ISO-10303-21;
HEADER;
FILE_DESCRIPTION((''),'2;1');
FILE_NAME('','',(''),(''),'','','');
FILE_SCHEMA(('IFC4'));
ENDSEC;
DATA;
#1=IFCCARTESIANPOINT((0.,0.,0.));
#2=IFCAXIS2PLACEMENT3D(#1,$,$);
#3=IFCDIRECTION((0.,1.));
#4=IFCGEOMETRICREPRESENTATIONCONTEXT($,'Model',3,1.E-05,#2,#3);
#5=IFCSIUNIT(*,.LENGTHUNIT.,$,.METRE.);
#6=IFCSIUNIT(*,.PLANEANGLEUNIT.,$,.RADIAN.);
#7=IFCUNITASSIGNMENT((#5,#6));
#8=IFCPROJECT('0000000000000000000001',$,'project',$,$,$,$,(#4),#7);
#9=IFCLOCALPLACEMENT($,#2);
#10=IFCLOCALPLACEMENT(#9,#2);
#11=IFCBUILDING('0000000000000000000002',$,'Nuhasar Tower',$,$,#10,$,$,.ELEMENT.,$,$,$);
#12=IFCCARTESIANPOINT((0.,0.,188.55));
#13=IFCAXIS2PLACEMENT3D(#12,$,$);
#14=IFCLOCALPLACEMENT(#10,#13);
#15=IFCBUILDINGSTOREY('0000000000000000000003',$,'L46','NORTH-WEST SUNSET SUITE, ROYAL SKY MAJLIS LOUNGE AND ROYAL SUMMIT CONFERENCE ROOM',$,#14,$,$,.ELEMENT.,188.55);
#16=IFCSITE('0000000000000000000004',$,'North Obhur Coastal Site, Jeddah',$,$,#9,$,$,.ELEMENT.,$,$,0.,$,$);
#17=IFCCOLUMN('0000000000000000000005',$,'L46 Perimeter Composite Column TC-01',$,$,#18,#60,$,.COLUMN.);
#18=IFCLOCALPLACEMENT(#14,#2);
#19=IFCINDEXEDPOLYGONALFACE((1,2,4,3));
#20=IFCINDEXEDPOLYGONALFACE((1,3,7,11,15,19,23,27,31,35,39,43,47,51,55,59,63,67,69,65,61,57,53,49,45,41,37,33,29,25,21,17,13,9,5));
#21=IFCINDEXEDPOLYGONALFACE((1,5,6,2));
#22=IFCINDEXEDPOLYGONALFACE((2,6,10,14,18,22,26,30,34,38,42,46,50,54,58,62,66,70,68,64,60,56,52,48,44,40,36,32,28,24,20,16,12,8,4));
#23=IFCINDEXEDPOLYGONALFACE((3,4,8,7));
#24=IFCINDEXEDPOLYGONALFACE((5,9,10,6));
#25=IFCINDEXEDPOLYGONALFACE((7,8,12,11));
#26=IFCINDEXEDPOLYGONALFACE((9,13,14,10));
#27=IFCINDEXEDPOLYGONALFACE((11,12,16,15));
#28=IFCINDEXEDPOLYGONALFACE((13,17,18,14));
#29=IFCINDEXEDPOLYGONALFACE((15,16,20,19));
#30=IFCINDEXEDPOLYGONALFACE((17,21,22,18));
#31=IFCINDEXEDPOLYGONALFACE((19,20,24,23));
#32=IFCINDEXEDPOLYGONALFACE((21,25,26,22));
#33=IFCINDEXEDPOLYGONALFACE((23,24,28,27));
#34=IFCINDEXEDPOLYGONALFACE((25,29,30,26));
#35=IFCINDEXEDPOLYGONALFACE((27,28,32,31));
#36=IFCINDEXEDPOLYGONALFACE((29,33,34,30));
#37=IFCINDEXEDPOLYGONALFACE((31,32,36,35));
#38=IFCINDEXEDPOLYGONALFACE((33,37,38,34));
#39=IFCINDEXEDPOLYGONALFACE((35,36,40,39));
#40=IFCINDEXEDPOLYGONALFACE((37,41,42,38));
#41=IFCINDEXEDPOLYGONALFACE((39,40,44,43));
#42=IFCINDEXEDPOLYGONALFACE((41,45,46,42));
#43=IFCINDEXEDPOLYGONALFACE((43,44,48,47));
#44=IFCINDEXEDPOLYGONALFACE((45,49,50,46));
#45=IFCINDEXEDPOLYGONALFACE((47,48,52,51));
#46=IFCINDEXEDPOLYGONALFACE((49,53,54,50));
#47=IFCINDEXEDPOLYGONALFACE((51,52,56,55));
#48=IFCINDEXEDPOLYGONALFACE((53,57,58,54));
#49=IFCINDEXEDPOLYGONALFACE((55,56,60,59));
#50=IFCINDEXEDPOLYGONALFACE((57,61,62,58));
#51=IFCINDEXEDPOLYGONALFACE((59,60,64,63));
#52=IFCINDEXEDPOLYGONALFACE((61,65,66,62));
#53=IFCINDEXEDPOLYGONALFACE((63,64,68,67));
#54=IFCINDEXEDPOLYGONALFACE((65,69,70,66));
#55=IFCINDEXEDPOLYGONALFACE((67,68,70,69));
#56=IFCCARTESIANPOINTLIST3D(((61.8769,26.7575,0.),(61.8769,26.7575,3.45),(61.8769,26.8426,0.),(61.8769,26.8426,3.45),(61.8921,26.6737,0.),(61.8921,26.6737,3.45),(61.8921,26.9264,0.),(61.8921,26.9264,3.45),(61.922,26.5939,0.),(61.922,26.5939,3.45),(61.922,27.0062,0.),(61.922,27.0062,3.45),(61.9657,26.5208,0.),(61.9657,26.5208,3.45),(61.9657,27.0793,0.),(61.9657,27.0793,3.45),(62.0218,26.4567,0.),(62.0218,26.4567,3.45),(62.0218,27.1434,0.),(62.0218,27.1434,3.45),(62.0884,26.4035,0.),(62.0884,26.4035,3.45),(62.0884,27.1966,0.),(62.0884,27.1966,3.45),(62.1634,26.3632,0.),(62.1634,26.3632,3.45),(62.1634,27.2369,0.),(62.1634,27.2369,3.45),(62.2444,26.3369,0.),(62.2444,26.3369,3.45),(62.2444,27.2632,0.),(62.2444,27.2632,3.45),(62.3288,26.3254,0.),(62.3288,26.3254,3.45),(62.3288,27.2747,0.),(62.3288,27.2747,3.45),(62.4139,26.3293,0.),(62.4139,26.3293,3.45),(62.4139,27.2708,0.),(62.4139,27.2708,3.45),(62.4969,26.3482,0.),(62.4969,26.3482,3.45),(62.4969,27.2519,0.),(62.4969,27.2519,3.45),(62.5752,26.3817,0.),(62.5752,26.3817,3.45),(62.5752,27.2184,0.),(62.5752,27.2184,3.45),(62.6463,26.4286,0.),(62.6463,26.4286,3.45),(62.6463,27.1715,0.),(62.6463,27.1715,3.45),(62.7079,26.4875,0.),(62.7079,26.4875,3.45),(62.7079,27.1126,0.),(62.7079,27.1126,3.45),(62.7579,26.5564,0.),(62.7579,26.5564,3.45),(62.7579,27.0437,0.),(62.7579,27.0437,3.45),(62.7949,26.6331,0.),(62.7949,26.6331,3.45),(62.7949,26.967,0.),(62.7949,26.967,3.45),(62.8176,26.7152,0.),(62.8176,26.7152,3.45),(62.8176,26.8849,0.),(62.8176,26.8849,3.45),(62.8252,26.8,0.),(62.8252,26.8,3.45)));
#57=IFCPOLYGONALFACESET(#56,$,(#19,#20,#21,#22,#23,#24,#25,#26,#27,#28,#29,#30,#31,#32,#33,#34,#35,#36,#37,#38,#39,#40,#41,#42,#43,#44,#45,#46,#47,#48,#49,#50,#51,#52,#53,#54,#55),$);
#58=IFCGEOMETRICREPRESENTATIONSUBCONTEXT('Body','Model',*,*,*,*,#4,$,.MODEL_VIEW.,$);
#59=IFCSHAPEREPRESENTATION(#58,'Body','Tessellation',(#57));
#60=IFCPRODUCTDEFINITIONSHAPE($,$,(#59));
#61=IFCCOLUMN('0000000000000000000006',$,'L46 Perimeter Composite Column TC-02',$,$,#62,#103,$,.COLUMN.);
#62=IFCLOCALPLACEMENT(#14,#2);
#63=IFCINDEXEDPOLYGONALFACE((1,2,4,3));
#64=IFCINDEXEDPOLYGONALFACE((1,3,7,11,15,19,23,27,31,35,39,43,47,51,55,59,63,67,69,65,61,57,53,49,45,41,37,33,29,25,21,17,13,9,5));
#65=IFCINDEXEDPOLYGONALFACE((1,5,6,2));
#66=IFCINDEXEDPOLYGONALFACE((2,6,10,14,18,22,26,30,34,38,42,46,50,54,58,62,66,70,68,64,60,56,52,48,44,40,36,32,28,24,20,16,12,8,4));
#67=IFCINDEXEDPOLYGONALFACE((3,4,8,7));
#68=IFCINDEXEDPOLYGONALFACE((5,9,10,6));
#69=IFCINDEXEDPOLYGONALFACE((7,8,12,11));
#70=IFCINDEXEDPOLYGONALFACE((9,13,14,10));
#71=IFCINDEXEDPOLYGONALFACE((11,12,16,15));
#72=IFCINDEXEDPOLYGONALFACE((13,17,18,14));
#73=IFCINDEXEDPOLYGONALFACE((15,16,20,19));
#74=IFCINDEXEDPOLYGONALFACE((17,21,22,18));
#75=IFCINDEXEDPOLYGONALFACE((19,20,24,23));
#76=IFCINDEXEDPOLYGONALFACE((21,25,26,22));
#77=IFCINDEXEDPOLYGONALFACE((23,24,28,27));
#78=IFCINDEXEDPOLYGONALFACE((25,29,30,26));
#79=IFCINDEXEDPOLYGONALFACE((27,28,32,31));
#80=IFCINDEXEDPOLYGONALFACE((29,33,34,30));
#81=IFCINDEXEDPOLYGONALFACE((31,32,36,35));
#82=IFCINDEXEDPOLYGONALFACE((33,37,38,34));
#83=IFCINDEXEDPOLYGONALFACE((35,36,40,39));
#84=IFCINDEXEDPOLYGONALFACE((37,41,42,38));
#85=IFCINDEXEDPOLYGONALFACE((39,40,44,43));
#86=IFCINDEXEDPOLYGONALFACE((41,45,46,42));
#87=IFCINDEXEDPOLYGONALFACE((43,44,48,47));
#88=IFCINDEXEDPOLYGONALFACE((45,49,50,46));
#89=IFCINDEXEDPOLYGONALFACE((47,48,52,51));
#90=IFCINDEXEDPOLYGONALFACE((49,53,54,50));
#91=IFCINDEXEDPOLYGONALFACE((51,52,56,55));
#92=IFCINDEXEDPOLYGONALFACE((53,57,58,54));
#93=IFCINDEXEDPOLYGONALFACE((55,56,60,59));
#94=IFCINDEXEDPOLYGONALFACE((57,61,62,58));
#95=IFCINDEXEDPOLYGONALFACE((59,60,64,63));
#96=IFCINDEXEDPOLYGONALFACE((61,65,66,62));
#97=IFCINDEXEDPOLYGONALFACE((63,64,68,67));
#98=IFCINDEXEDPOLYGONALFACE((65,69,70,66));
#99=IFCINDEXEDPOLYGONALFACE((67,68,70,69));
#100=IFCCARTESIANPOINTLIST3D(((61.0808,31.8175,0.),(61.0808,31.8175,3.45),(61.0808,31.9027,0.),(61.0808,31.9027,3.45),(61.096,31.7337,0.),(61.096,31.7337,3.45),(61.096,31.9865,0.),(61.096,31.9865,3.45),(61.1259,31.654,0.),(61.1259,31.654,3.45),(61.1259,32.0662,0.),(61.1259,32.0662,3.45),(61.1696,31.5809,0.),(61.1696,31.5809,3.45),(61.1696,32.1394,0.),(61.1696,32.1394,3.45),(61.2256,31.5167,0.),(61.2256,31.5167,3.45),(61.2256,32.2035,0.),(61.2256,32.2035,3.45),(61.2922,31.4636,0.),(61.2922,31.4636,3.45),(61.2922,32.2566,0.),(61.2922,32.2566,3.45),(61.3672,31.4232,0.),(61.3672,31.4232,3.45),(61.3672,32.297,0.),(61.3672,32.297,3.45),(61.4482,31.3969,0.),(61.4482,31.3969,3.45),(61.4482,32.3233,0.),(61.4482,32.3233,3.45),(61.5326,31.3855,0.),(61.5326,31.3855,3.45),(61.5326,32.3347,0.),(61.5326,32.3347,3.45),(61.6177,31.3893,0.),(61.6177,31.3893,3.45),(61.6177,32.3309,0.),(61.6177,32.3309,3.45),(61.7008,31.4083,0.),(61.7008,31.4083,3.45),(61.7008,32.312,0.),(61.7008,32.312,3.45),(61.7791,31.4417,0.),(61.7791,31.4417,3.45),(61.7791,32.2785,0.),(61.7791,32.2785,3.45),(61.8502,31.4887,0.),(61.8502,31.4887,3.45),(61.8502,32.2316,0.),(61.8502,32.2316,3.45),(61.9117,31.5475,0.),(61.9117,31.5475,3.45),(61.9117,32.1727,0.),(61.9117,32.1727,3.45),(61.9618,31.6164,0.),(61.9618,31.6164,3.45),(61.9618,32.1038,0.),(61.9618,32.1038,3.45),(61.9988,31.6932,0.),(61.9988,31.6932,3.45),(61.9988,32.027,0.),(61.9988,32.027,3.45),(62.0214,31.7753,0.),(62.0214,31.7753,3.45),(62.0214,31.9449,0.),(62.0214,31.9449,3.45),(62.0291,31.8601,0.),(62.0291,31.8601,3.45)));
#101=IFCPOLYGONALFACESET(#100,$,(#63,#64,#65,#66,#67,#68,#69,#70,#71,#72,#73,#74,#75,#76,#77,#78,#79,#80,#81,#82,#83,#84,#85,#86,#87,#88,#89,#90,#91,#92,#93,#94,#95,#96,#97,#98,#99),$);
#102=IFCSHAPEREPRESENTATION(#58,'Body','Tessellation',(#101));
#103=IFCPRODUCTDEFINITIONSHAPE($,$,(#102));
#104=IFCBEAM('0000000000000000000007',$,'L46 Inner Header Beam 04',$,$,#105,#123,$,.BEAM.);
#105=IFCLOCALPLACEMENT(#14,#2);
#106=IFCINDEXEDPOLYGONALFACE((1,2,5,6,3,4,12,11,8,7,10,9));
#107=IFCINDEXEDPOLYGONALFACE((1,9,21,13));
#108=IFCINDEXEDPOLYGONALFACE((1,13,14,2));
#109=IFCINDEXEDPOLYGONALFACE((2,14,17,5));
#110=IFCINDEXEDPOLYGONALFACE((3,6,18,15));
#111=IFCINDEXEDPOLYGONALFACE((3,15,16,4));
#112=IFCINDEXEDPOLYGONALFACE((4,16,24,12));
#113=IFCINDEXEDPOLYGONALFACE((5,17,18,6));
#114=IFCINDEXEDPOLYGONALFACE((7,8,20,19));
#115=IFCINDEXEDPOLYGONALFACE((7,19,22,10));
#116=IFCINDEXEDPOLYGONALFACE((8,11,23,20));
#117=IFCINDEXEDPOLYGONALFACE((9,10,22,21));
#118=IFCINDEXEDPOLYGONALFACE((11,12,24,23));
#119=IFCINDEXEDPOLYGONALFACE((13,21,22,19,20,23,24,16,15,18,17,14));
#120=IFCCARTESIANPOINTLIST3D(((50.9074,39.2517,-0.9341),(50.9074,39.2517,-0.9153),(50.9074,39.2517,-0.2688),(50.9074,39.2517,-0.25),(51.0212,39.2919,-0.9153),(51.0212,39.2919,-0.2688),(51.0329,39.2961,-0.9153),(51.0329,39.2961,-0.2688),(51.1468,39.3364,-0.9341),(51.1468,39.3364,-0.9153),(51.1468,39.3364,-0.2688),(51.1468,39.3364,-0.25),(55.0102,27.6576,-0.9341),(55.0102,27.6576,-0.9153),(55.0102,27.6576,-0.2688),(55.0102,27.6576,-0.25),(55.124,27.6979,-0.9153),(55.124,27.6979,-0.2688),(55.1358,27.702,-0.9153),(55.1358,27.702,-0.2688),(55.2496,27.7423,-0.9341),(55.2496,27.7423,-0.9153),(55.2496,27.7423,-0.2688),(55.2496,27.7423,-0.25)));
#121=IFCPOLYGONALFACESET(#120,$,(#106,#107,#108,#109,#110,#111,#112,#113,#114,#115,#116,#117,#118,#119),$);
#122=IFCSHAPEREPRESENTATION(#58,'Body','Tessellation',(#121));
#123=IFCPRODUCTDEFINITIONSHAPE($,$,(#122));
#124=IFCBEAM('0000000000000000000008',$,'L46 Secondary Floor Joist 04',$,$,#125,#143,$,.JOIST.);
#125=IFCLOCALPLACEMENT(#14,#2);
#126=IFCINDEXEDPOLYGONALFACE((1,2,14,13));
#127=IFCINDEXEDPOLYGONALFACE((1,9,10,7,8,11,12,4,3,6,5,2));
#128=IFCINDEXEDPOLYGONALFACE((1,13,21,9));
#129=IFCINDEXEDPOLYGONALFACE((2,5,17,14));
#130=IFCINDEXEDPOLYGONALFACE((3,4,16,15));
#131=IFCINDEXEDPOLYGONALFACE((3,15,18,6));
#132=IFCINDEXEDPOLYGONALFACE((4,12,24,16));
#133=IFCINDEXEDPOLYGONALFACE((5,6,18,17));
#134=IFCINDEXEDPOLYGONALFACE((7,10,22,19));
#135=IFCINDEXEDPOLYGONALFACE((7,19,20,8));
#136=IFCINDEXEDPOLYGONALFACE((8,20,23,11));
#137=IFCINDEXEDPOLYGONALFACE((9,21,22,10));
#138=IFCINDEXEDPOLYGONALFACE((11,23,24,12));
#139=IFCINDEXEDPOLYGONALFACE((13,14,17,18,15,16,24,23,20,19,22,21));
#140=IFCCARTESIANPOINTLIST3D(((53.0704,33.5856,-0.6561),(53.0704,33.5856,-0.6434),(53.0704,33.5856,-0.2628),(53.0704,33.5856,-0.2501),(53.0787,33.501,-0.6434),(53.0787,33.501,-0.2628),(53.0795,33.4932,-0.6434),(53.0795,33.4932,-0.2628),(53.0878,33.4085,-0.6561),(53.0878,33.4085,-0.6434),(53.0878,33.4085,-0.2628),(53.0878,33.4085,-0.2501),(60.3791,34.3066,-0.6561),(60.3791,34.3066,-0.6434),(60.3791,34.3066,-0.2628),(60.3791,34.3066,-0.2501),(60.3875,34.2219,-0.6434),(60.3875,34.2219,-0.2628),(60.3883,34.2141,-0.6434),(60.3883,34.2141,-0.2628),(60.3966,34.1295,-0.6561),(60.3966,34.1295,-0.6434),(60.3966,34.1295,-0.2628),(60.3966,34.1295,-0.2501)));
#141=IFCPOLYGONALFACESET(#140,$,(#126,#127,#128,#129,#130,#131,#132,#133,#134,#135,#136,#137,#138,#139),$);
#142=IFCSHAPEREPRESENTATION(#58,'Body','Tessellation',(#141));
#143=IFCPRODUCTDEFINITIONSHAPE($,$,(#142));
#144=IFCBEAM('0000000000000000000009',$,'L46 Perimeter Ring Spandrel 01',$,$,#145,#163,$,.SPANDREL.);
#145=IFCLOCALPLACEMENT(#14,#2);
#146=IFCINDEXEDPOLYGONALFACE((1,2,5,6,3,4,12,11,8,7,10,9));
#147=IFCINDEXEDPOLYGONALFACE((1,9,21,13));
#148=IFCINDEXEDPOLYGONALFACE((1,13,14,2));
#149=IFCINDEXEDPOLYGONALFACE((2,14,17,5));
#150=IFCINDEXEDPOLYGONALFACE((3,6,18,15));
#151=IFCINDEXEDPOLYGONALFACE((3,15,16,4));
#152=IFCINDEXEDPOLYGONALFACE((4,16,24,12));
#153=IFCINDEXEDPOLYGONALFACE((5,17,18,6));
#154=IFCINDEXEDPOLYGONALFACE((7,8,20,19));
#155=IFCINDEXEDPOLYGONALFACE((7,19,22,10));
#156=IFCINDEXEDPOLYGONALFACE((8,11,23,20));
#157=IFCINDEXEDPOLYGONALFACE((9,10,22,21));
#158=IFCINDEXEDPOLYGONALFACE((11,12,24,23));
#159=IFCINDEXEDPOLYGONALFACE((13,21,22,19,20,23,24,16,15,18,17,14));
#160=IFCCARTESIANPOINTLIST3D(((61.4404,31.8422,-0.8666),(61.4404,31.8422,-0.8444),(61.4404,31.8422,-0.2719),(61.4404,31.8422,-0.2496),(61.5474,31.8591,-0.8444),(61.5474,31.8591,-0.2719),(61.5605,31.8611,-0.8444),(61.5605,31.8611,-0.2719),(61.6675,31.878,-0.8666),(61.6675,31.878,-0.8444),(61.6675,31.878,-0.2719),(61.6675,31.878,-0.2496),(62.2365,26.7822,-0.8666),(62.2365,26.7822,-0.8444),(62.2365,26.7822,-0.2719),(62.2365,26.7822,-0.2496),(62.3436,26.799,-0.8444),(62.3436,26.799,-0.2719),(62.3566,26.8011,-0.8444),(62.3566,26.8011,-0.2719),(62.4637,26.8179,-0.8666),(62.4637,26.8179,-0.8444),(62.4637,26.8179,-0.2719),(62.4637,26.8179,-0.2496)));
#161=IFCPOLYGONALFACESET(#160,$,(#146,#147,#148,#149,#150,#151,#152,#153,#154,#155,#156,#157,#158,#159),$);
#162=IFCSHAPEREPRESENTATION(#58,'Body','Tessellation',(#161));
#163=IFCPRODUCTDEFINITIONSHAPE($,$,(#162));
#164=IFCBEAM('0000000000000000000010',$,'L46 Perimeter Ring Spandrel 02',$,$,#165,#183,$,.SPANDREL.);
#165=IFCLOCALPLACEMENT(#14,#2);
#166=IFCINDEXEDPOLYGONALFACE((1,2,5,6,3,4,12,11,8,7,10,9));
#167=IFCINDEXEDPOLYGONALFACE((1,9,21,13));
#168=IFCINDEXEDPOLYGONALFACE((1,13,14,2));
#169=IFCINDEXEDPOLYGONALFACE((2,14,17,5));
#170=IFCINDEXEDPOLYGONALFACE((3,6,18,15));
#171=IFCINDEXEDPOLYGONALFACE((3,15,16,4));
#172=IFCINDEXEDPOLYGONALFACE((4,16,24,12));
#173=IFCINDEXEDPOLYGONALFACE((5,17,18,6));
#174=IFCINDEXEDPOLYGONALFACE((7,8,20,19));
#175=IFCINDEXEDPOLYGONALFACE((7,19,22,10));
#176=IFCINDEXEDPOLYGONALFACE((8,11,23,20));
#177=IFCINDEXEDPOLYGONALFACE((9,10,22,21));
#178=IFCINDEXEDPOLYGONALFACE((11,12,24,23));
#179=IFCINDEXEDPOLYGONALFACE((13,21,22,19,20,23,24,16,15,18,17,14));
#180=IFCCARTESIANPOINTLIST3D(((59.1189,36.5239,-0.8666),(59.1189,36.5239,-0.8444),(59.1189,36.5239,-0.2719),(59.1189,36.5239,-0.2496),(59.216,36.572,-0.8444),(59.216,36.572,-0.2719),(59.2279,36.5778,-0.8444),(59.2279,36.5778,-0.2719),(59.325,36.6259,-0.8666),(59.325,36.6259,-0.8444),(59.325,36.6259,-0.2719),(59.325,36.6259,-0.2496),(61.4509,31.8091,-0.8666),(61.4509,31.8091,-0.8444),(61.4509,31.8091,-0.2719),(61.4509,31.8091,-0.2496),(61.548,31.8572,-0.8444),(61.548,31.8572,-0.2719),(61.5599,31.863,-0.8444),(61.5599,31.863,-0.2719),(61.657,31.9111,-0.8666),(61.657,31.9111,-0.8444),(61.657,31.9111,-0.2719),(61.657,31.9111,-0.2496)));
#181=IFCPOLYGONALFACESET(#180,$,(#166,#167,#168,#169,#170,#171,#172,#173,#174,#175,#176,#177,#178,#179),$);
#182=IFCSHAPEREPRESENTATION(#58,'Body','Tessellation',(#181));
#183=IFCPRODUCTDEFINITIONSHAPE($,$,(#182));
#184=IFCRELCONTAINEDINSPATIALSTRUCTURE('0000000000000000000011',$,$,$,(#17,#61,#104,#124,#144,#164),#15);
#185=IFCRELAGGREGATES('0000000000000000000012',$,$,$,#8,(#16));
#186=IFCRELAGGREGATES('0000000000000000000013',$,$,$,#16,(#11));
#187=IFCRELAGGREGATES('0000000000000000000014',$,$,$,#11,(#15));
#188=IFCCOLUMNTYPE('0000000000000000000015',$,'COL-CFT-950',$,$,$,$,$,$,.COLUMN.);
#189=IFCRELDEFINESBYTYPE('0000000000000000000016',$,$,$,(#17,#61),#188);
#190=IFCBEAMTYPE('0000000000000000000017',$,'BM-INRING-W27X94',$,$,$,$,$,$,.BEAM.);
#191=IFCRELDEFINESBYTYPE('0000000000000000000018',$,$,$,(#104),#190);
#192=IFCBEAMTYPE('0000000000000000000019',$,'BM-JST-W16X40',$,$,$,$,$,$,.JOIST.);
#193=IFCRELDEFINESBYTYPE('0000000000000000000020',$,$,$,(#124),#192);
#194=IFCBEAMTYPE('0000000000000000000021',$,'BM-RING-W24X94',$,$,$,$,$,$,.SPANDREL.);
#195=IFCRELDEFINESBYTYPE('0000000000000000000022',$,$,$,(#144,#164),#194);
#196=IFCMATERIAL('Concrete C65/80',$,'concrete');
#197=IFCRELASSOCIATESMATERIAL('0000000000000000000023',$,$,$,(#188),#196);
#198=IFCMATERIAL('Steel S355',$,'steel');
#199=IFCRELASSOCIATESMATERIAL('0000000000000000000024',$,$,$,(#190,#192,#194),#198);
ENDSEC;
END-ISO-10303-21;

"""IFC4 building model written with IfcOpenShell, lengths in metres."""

from ifc_helpers import new_model, si_unit, direction, frame, origin, origin_2d, place, context, subcontext, project, spatial, circle, i_section, extrude, material, material_profile, profile_set, type_object, element, save


model = new_model("IFC4")

# Units and contexts
model_context = context("Model", 3, precision=1e-05, world=origin(), true_north=direction((0.0, 1.0)))
body_context = subcontext(model_context, "Body", "Model", "MODEL_VIEW")
ifc_project = project(units=[si_unit("LENGTHUNIT", "METRE"), si_unit("PLANEANGLEUNIT", "RADIAN")], contexts=[model_context])

# Site, building, storey
site_placement = place(None, origin())
site = spatial("IfcSite", under=ifc_project, at=site_placement, Name="North Obhur Coastal Site, Jeddah", CompositionType="ELEMENT", RefElevation=0.0)
building_placement = place(site_placement, origin())
building = spatial("IfcBuilding", under=site, at=building_placement, Name="Nuhasar Tower", CompositionType="ELEMENT")
storey_placement = place(building_placement, frame((0.0, 0.0, 188.55)))
storey = spatial("IfcBuildingStorey", under=building, at=storey_placement, Name="L46", Description="NORTH-WEST SUNSET SUITE, ROYAL SKY MAJLIS LOUNGE AND ROYAL SUMMIT CONFERENCE ROOM", CompositionType="ELEMENT", Elevation=188.55)

# Columns
ifc_material_1 = material(Name="Concrete C65/80", Category="concrete")
ifc_material_profile_1 = material_profile(ifc_material_1, circle(Radius=0.4751, at=origin_2d()), Name="CFT950")
ifc_profile_set_1 = profile_set([ifc_material_profile_1], Name="Concrete C65/80")
column_type = type_object("IfcColumnType", Name="COL-CFT-950", PredefinedType="COLUMN", material=ifc_profile_set_1)
for number, where, z_axis, x_axis, name in (
    (1, (62.3501, 26.8, 0.0), (0.0, 0.0, 1.0), (1.0, 0.0, 0.0), "L46 Perimeter Composite Column TC-01"),
    (2, (61.554, 31.8601, 0.0), (0.0, 0.0, 1.0), (1.0, 0.0, 0.0), "L46 Perimeter Composite Column TC-02"),
):
    element("IfcColumn", number, at=place(storey_placement, frame(where, z_axis=z_axis, x_axis=x_axis)), inside=storey, type_object=column_type, Name=name, PredefinedType="COLUMN", context=body_context, shape_type="SweptSolid", body=[
        extrude(circle(Radius=0.4751, at=origin_2d()), origin(), (0.0, 0.0, 1.0), 3.45),
    ])

# Beams
ifc_material_2 = material(Name="Steel S355", Category="steel")
ifc_material_profile_2 = material_profile(ifc_material_2, i_section(OverallWidth=0.2539, OverallDepth=0.6841, WebThickness=0.0125, FlangeThickness=0.0188, at=origin_2d()), Name="W27X94")
ifc_profile_set_2 = profile_set([ifc_material_profile_2], Name="Steel S355")
beam_type_1 = type_object("IfcBeamType", Name="BM-INRING-W27X94", PredefinedType="BEAM", material=ifc_profile_set_2)
beam_1_placement = place(storey_placement, frame((55.1299, 27.7, -0.592), z_axis=(-0.3336, 0.942715, 0.0), x_axis=(-0.942715, -0.3336, 0.0)))
element("IfcBeam", 3, at=beam_1_placement, inside=storey, type_object=beam_type_1, Name="L46 Inner Header Beam 04", PredefinedType="BEAM", context=body_context, shape_type="SweptSolid", body=[
    extrude(i_section(OverallWidth=0.2539, OverallDepth=0.6841, WebThickness=0.0125, FlangeThickness=0.0188, at=origin_2d()), origin(), (0.0, 0.0, 1.0), 12.2986),
])
ifc_material_profile_3 = material_profile(ifc_material_2, i_section(OverallWidth=0.178, OverallDepth=0.406, WebThickness=0.0078, FlangeThickness=0.0127, at=origin_2d()), Name="W16X40")
ifc_profile_set_3 = profile_set([ifc_material_profile_3], Name="Steel S355")
beam_type_2 = type_object("IfcBeamType", Name="BM-JST-W16X40", PredefinedType="JOIST", material=ifc_profile_set_3)
beam_2_placement = place(storey_placement, frame((53.0791, 33.4971, -0.4531), z_axis=(0.99517, 0.098164, 0.0), x_axis=(-0.098164, 0.99517, 0.0)))
element("IfcBeam", 4, at=beam_2_placement, inside=storey, type_object=beam_type_2, Name="L46 Secondary Floor Joist 04", PredefinedType="JOIST", context=body_context, shape_type="SweptSolid", body=[
    extrude(i_section(OverallWidth=0.178, OverallDepth=0.406, WebThickness=0.0078, FlangeThickness=0.0127, at=origin_2d()), origin(), (0.0, 0.0, 1.0), 7.3442),
])
ifc_material_profile_4 = material_profile(ifc_material_2, i_section(OverallWidth=0.23, OverallDepth=0.6169, WebThickness=0.0132, FlangeThickness=0.0222, at=origin_2d()), Name="W24X94")
ifc_profile_set_4 = profile_set([ifc_material_profile_4], Name="Steel S355")
beam_type_3 = type_object("IfcBeamType", Name="BM-RING-W24X94", PredefinedType="SPANDREL", material=ifc_profile_set_4)
beam_3_placement = place(storey_placement, frame((62.3501, 26.8, -0.5581), z_axis=(-0.155427, 0.987847, 0.0), x_axis=(-0.987847, -0.155427, 0.0)))
element("IfcBeam", 5, at=beam_3_placement, inside=storey, type_object=beam_type_3, Name="L46 Perimeter Ring Spandrel 01", PredefinedType="SPANDREL", context=body_context, shape_type="SweptSolid", body=[
    extrude(i_section(OverallWidth=0.23, OverallDepth=0.6169, WebThickness=0.0132, FlangeThickness=0.0222, at=origin_2d()), origin(), (0.0, 0.0, 1.0), 5.1223),
])
beam_4_placement = place(storey_placement, frame((61.554, 31.8601, -0.5581), z_axis=(-0.443348, 0.89635, 0.0), x_axis=(-0.89635, -0.443348, 0.0)))
element("IfcBeam", 6, at=beam_4_placement, inside=storey, type_object=beam_type_3, Name="L46 Perimeter Ring Spandrel 02", PredefinedType="SPANDREL", context=body_context, shape_type="SweptSolid", body=[
    extrude(i_section(OverallWidth=0.23, OverallDepth=0.6169, WebThickness=0.0132, FlangeThickness=0.0222, at=origin_2d()), origin(), (0.0, 0.0, 1.0), 5.26),
])

save(model, "model.ifc")
